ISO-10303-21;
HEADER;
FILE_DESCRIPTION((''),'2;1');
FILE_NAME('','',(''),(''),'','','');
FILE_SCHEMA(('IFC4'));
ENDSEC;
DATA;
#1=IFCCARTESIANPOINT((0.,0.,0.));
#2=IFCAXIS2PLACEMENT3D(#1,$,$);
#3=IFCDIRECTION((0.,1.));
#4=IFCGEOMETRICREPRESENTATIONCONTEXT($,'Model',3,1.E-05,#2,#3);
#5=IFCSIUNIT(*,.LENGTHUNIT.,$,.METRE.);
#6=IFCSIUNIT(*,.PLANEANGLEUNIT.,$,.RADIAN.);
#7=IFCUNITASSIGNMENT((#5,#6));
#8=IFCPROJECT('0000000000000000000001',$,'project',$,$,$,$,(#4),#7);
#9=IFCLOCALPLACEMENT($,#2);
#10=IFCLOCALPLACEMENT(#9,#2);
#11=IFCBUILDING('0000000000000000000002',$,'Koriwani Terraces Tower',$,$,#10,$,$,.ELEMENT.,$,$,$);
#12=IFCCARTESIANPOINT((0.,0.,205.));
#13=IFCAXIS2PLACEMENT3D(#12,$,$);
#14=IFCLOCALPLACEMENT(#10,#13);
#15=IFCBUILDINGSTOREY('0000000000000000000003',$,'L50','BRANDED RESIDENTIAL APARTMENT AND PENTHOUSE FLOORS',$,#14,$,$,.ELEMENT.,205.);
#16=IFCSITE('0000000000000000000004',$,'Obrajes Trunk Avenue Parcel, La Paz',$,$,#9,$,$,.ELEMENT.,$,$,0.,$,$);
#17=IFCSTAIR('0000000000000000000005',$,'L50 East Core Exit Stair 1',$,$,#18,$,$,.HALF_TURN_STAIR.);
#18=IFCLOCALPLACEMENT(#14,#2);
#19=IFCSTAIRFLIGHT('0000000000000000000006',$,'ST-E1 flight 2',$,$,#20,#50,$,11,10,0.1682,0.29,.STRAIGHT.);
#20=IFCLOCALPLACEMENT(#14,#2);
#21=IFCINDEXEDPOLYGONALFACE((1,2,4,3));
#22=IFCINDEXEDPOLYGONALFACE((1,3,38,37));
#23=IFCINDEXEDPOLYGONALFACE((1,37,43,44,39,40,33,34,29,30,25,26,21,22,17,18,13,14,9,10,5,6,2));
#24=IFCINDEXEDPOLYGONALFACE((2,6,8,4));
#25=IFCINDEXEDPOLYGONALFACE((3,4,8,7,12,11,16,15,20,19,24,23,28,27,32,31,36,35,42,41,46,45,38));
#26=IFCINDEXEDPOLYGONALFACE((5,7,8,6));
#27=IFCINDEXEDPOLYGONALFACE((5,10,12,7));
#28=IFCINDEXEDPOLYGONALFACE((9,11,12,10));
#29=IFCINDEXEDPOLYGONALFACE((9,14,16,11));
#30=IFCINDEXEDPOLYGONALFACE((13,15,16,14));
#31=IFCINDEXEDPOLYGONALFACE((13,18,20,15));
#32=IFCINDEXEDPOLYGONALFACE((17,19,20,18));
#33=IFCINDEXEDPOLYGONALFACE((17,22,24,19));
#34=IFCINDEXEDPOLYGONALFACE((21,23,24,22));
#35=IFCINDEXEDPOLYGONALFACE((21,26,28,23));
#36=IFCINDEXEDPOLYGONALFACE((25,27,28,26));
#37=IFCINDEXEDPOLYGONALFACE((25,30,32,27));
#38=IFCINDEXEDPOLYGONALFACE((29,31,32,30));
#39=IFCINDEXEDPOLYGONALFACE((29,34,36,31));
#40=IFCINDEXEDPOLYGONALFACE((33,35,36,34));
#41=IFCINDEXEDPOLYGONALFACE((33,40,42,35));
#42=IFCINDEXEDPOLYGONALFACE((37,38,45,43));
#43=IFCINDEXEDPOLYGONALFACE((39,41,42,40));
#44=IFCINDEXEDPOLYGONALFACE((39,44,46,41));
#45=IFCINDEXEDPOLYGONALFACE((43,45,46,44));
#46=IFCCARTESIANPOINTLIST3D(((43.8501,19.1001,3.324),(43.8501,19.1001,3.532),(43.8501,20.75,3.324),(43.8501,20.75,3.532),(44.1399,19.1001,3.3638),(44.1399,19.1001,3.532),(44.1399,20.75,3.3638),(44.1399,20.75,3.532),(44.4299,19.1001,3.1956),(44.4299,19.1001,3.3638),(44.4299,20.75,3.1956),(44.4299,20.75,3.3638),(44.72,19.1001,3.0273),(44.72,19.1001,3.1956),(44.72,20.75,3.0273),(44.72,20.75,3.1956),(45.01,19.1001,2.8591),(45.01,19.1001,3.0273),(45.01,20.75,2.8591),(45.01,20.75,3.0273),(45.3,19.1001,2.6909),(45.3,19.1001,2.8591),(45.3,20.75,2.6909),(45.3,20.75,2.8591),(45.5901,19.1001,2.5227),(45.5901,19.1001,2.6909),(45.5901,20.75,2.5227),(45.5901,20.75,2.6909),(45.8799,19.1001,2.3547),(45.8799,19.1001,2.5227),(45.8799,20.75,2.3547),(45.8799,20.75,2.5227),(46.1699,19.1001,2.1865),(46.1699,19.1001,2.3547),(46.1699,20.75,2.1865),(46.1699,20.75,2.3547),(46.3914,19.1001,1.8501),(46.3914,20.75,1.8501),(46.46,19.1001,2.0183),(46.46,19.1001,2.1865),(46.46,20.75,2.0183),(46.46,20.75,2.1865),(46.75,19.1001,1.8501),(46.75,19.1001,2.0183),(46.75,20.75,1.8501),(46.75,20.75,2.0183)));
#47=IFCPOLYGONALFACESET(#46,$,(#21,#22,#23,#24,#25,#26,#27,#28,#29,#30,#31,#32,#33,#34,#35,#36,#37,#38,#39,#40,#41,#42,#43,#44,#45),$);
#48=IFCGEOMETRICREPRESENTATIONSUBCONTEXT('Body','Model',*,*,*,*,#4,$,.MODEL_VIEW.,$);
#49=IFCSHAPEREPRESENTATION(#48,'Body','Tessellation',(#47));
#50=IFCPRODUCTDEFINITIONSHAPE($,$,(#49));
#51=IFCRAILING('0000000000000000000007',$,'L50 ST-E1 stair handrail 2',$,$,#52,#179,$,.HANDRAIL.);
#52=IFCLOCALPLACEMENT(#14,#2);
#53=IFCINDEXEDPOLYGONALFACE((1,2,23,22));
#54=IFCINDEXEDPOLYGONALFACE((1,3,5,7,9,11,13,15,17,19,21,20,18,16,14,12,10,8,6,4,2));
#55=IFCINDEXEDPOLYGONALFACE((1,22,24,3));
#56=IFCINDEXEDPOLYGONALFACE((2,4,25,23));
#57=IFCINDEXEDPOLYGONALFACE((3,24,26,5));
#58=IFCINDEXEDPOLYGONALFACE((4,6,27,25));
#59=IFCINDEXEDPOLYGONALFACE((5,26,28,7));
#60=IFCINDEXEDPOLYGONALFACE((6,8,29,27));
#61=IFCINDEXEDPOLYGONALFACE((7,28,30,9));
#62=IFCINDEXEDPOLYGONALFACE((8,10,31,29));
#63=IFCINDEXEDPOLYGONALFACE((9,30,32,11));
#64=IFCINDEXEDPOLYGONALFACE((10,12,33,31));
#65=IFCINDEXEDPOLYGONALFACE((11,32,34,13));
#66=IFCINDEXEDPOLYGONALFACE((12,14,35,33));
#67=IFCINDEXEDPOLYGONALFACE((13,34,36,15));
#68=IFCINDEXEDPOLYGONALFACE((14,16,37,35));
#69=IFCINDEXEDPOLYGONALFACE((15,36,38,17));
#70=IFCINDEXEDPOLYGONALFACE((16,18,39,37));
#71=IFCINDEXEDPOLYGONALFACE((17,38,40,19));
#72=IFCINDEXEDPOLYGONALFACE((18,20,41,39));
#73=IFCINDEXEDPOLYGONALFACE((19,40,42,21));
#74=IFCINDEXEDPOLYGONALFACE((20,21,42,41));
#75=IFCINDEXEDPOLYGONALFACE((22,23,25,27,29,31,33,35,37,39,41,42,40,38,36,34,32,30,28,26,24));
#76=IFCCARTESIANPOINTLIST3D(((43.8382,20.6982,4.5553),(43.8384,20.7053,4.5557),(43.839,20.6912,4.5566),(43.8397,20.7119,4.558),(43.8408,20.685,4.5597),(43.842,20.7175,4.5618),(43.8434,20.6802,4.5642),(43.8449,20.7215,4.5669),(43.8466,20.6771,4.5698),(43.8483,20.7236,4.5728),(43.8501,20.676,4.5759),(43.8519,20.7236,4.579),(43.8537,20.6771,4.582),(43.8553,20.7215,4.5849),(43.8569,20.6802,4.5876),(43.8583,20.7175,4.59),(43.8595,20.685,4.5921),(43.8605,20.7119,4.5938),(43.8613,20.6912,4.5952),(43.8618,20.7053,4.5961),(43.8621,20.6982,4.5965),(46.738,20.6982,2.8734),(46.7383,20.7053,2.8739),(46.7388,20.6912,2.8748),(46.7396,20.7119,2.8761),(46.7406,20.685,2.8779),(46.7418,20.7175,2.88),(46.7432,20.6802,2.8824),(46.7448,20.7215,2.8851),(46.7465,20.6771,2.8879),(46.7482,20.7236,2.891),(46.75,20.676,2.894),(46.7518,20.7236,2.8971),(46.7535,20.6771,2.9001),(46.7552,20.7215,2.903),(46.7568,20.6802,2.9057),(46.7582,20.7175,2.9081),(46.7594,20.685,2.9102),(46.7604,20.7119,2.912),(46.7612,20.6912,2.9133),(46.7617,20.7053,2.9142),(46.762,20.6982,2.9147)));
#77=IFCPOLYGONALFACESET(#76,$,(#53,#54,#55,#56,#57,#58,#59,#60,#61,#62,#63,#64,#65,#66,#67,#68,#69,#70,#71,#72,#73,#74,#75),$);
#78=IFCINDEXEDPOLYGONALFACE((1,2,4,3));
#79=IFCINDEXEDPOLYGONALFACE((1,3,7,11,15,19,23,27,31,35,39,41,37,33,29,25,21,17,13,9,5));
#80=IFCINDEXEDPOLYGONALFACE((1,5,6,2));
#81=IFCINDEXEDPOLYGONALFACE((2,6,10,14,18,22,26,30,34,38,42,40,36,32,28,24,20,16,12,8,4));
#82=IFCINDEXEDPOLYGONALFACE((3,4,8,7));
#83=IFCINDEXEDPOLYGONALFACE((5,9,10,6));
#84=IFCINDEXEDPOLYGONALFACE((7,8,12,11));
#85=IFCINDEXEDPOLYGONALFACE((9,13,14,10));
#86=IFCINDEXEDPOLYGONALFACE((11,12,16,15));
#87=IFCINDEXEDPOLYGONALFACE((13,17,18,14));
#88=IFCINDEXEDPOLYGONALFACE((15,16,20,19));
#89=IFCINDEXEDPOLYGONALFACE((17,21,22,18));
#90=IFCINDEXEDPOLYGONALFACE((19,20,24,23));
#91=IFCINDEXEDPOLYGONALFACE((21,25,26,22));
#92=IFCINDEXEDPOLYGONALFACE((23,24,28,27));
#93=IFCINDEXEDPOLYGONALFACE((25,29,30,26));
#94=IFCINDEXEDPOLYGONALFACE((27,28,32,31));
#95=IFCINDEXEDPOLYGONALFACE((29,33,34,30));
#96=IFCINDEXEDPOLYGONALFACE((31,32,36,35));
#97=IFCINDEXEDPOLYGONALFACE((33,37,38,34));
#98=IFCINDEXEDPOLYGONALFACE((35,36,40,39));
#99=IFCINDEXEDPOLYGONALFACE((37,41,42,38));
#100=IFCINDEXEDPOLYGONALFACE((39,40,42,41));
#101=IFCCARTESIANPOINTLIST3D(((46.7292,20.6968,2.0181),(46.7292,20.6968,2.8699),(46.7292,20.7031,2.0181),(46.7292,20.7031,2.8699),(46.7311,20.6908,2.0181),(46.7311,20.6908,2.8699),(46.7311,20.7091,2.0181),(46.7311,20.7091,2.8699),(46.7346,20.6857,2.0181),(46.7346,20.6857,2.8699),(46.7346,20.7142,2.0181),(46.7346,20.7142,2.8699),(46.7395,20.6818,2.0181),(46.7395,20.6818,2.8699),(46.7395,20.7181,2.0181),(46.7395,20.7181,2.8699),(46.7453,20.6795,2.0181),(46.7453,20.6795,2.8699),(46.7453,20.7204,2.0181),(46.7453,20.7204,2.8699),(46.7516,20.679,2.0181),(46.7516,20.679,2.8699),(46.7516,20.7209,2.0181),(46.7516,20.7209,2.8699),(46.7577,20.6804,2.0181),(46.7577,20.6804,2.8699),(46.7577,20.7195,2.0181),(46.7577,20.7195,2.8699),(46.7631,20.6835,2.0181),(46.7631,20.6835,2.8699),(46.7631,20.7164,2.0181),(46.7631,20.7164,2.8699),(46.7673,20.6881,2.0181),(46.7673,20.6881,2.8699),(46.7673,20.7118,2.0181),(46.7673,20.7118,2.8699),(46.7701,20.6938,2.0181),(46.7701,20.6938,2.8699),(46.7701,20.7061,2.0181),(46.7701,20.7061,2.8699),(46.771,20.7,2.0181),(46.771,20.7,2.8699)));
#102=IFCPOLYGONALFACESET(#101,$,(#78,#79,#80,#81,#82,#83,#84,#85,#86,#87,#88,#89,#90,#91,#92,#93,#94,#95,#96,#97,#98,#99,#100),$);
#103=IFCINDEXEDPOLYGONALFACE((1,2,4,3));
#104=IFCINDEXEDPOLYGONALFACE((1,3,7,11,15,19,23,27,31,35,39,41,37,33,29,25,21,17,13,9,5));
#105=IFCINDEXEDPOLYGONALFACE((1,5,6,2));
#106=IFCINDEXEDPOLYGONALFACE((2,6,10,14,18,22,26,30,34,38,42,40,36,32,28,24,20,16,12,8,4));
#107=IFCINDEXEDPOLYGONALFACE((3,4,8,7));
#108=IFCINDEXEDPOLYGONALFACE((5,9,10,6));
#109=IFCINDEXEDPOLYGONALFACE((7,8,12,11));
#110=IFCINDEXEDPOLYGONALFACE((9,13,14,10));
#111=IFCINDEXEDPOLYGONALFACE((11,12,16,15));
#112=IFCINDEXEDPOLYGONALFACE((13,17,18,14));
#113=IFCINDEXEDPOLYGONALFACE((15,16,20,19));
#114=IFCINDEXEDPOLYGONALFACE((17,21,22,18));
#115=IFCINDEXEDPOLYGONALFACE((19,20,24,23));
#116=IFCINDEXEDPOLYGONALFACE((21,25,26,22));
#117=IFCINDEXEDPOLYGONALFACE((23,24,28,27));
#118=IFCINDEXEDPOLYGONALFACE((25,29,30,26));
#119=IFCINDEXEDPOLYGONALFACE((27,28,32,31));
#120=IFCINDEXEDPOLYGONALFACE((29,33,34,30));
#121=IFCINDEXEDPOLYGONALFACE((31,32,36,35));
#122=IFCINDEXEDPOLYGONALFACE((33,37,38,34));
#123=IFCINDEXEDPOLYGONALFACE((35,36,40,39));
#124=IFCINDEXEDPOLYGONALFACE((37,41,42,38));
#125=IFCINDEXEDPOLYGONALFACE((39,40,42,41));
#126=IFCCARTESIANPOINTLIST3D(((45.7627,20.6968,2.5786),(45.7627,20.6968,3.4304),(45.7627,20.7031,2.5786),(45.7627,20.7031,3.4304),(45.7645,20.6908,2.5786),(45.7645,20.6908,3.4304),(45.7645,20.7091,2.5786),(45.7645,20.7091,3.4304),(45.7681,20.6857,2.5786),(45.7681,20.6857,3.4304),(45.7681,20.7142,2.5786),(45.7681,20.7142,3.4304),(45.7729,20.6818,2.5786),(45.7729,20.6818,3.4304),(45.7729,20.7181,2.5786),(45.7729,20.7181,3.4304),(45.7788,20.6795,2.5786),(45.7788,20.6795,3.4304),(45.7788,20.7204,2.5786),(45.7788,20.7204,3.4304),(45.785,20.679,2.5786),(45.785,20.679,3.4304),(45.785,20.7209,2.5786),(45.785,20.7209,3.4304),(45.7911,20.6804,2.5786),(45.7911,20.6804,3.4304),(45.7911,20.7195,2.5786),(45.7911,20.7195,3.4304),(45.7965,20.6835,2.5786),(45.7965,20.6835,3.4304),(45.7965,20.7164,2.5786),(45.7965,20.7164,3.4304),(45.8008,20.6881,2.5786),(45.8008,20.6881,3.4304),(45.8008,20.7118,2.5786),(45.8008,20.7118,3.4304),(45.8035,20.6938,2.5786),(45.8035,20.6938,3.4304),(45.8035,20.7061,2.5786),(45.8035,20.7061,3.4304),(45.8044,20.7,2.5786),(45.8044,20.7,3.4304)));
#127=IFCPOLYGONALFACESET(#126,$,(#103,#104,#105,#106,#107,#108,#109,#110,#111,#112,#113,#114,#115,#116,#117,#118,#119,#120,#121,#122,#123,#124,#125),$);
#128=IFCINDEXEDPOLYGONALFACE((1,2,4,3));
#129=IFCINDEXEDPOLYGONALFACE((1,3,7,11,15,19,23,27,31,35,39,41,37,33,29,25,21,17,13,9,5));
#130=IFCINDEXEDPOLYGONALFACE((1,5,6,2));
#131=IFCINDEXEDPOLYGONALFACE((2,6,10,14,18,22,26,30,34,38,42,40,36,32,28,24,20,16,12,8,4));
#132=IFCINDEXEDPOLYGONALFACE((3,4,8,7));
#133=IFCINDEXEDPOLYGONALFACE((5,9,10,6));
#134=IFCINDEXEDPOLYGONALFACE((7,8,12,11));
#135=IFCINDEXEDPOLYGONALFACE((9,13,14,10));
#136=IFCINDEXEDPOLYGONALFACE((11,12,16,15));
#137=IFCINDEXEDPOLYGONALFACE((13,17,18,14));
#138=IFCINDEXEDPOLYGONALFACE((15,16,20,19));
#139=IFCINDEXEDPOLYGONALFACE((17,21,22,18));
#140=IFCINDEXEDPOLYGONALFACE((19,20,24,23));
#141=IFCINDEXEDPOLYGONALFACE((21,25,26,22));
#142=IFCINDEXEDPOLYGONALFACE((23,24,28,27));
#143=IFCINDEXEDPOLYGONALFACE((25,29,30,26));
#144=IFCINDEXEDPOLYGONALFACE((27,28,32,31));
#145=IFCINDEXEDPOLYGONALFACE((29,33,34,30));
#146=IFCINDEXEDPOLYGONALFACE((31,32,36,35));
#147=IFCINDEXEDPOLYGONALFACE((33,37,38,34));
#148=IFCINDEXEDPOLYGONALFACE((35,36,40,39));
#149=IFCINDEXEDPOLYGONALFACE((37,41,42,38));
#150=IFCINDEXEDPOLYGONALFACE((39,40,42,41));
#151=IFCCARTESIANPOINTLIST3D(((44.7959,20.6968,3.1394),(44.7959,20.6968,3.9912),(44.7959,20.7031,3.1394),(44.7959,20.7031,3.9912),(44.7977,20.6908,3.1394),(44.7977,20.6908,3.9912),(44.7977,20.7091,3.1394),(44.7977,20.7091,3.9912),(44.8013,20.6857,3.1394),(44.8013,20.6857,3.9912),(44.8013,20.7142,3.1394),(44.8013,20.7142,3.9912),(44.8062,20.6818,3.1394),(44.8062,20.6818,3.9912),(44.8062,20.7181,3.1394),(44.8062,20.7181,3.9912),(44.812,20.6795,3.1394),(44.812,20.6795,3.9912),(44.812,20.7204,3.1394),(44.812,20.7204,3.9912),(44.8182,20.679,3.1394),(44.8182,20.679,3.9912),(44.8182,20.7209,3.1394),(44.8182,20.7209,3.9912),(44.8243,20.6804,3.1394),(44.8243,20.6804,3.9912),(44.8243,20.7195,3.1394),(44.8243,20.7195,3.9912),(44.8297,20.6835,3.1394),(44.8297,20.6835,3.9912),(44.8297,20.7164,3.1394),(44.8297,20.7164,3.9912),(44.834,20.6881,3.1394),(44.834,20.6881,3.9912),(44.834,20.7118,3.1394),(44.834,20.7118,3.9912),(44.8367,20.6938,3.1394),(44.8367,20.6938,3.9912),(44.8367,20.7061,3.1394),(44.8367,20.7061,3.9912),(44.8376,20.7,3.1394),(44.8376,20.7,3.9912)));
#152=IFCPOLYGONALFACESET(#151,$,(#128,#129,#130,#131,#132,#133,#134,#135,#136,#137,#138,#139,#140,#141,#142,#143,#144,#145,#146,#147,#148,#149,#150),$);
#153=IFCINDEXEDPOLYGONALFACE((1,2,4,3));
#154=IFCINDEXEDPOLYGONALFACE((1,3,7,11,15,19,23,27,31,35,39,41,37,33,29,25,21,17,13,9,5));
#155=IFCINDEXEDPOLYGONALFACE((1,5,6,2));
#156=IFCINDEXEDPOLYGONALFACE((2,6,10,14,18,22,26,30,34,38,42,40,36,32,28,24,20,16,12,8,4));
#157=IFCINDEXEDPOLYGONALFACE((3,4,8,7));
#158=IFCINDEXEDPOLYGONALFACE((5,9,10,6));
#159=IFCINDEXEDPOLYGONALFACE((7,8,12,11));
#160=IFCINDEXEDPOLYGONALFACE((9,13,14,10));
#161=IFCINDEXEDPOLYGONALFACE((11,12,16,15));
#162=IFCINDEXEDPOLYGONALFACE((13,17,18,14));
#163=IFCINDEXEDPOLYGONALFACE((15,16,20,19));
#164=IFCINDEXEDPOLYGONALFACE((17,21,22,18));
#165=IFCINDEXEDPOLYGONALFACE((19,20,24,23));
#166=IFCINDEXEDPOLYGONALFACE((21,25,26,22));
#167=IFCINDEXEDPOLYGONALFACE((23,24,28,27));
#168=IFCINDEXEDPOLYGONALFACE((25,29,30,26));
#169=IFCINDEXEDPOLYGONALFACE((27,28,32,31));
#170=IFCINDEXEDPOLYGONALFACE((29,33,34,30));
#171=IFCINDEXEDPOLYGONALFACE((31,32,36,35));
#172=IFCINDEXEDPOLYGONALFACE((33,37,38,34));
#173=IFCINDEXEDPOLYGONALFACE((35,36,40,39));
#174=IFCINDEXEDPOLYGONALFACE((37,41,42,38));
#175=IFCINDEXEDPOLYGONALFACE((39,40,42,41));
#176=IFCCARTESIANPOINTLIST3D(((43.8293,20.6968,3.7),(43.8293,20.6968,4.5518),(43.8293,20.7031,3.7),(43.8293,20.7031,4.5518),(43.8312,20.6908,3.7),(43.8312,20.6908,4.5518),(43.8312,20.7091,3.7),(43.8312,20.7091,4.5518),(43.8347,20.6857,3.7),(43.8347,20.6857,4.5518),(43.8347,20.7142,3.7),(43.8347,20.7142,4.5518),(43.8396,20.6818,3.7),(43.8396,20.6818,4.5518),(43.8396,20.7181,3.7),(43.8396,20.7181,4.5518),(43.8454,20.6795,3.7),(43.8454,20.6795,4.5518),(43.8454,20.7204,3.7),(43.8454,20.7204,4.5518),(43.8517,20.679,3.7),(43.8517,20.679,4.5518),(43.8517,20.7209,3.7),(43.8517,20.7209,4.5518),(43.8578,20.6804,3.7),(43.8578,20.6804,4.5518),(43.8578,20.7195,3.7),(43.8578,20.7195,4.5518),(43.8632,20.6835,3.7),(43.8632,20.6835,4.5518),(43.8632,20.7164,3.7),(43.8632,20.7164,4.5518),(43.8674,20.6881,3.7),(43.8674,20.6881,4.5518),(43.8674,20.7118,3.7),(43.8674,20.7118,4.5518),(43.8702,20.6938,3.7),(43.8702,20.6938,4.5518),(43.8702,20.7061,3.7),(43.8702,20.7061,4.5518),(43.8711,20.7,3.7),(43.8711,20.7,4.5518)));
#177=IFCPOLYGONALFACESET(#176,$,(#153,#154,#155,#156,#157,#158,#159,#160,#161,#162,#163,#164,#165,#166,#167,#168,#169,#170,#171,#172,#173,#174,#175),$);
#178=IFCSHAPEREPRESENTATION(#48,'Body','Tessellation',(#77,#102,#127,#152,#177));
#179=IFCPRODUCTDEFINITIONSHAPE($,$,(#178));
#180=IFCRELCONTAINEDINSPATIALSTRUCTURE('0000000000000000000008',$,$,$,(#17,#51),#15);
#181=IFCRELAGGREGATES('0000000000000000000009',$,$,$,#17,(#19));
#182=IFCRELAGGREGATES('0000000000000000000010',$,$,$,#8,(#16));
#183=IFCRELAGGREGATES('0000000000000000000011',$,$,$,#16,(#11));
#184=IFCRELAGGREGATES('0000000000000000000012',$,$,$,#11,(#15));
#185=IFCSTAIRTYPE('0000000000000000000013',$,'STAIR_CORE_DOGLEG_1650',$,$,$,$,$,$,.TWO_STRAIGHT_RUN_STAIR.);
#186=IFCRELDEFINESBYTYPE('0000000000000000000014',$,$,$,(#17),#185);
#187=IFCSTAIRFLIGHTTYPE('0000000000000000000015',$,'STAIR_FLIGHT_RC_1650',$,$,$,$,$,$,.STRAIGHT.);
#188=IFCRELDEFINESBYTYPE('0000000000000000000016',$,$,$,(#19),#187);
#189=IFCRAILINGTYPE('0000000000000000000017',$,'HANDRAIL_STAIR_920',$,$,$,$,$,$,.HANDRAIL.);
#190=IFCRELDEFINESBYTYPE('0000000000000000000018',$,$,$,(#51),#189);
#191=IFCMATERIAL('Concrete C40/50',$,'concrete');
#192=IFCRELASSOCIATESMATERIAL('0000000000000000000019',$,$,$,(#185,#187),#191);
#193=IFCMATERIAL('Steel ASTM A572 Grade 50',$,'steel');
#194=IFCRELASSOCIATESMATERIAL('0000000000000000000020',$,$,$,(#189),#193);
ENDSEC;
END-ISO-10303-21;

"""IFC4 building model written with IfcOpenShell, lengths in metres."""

from ifc_helpers import new_model, si_unit, direction, frame, origin, origin_2d, place, context, subcontext, project, spatial, polyline, circle, outline, extrude, material, type_object, element, aggregate, save


model = new_model("IFC4")

# Units and contexts
model_context = context("Model", 3, precision=1e-05, world=origin(), true_north=direction((0.0, 1.0)))
body_context = subcontext(model_context, "Body", "Model", "MODEL_VIEW")
ifc_project = project(units=[si_unit("LENGTHUNIT", "METRE"), si_unit("PLANEANGLEUNIT", "RADIAN")], contexts=[model_context])

# Site, building, storey
site_placement = place(None, origin())
site = spatial("IfcSite", under=ifc_project, at=site_placement, Name="Obrajes Trunk Avenue Parcel, La Paz", CompositionType="ELEMENT", RefElevation=0.0)
building_placement = place(site_placement, origin())
building = spatial("IfcBuilding", under=site, at=building_placement, Name="Koriwani Terraces Tower", CompositionType="ELEMENT")
storey_placement = place(building_placement, frame((0.0, 0.0, 205.0)))
storey = spatial("IfcBuildingStorey", under=building, at=storey_placement, Name="L50", Description="BRANDED RESIDENTIAL APARTMENT AND PENTHOUSE FLOORS", CompositionType="ELEMENT", Elevation=205.0)

# Shared definitions
ifc_material_1 = material(Name="Steel ASTM A572 Grade 50", Category="steel")

# Shared definitions
ifc_material_2 = material(Name="Concrete C40/50", Category="concrete")

# Stair, stair flight
stair_type = type_object("IfcStairType", Name="STAIR_CORE_DOGLEG_1650", PredefinedType="TWO_STRAIGHT_RUN_STAIR", material=ifc_material_2)
stair_placement = place(storey_placement, origin())
stair = element("IfcStair", 1, at=stair_placement, inside=storey, type_object=stair_type, Name="L50 East Core Exit Stair 1", PredefinedType="HALF_TURN_STAIR")
stair_flight_type = type_object("IfcStairFlightType", Name="STAIR_FLIGHT_RC_1650", PredefinedType="STRAIGHT", material=ifc_material_2)
stair_flight_placement = place(storey_placement, frame((46.75, 19.925, 1.8501), z_axis=(0.0, 0.0, 1.0), x_axis=(-1.0, 0.0, 0.0)))
stair_flight = element("IfcStairFlight", 2, at=stair_flight_placement, type_object=stair_flight_type, Name="ST-E1 flight 2", NumberOfRisers=11, NumberOfTreads=10, PredefinedType="STRAIGHT", RiserHeight=0.1682, TreadLength=0.29, context=body_context, shape_type="SweptSolid", body=[
    extrude(outline(polyline([(0.0, 0.0), (0.0, 0.1682), (0.29, 0.1682), (0.29, 0.3364), (0.5801, 0.3364), (0.5801, 0.5046), (0.8701, 0.5046), (0.8701, 0.6726), (1.1599, 0.6726), (1.1599, 0.8408), (1.45, 0.8408), (1.45, 1.009), (1.74, 1.009), (1.74, 1.1772), (2.03, 1.1772), (2.03, 1.3455), (2.3201, 1.3455), (2.3201, 1.5137), (2.6101, 1.5137), (2.6101, 1.6819), (2.8999, 1.6819), (2.8999, 1.8501), (2.8999, 1.4739), (0.3586, 0.0), (0.0, 0.0)])), frame((0.0, 0.825, 0.0), z_axis=(0.0, -1.0, 0.0), x_axis=(1.0, 0.0, 0.0)), (0.0, 0.0, 1.0), 1.6499),
])
aggregate(stair, [stair_flight])

# Railing
railing_type = type_object("IfcRailingType", Name="HANDRAIL_STAIR_920", PredefinedType="HANDRAIL", material=ifc_material_1)
railing_placement = place(storey_placement, frame((46.75, 20.7, 2.0181)))
element("IfcRailing", 3, at=railing_placement, inside=storey, type_object=railing_type, Name="L50 ST-E1 stair handrail 2", PredefinedType="HANDRAIL", context=body_context, shape_type="SweptSolid", body=[
    extrude(circle(Radius=0.0239, at=origin_2d()), frame((0.0, 0.0, 0.876), z_axis=(-0.865039, 0.0, 0.501705), x_axis=(0.0, -1.0, 0.0)), (0.0, 0.0, 1.0), 3.3523),
    extrude(circle(Radius=0.021, at=origin_2d()), origin(), (0.0, 0.0, 1.0), 0.8518),
    extrude(circle(Radius=0.021, at=origin_2d()), frame((-0.9666, 0.0, 0.5605)), (0.0, 0.0, 1.0), 0.8518),
    extrude(circle(Radius=0.021, at=origin_2d()), frame((-1.9333, 0.0, 1.1213)), (0.0, 0.0, 1.0), 0.8518),
    extrude(circle(Radius=0.021, at=origin_2d()), frame((-2.8999, 0.0, 1.6819)), (0.0, 0.0, 1.0), 0.8518),
])

save(model, "model.ifc")
